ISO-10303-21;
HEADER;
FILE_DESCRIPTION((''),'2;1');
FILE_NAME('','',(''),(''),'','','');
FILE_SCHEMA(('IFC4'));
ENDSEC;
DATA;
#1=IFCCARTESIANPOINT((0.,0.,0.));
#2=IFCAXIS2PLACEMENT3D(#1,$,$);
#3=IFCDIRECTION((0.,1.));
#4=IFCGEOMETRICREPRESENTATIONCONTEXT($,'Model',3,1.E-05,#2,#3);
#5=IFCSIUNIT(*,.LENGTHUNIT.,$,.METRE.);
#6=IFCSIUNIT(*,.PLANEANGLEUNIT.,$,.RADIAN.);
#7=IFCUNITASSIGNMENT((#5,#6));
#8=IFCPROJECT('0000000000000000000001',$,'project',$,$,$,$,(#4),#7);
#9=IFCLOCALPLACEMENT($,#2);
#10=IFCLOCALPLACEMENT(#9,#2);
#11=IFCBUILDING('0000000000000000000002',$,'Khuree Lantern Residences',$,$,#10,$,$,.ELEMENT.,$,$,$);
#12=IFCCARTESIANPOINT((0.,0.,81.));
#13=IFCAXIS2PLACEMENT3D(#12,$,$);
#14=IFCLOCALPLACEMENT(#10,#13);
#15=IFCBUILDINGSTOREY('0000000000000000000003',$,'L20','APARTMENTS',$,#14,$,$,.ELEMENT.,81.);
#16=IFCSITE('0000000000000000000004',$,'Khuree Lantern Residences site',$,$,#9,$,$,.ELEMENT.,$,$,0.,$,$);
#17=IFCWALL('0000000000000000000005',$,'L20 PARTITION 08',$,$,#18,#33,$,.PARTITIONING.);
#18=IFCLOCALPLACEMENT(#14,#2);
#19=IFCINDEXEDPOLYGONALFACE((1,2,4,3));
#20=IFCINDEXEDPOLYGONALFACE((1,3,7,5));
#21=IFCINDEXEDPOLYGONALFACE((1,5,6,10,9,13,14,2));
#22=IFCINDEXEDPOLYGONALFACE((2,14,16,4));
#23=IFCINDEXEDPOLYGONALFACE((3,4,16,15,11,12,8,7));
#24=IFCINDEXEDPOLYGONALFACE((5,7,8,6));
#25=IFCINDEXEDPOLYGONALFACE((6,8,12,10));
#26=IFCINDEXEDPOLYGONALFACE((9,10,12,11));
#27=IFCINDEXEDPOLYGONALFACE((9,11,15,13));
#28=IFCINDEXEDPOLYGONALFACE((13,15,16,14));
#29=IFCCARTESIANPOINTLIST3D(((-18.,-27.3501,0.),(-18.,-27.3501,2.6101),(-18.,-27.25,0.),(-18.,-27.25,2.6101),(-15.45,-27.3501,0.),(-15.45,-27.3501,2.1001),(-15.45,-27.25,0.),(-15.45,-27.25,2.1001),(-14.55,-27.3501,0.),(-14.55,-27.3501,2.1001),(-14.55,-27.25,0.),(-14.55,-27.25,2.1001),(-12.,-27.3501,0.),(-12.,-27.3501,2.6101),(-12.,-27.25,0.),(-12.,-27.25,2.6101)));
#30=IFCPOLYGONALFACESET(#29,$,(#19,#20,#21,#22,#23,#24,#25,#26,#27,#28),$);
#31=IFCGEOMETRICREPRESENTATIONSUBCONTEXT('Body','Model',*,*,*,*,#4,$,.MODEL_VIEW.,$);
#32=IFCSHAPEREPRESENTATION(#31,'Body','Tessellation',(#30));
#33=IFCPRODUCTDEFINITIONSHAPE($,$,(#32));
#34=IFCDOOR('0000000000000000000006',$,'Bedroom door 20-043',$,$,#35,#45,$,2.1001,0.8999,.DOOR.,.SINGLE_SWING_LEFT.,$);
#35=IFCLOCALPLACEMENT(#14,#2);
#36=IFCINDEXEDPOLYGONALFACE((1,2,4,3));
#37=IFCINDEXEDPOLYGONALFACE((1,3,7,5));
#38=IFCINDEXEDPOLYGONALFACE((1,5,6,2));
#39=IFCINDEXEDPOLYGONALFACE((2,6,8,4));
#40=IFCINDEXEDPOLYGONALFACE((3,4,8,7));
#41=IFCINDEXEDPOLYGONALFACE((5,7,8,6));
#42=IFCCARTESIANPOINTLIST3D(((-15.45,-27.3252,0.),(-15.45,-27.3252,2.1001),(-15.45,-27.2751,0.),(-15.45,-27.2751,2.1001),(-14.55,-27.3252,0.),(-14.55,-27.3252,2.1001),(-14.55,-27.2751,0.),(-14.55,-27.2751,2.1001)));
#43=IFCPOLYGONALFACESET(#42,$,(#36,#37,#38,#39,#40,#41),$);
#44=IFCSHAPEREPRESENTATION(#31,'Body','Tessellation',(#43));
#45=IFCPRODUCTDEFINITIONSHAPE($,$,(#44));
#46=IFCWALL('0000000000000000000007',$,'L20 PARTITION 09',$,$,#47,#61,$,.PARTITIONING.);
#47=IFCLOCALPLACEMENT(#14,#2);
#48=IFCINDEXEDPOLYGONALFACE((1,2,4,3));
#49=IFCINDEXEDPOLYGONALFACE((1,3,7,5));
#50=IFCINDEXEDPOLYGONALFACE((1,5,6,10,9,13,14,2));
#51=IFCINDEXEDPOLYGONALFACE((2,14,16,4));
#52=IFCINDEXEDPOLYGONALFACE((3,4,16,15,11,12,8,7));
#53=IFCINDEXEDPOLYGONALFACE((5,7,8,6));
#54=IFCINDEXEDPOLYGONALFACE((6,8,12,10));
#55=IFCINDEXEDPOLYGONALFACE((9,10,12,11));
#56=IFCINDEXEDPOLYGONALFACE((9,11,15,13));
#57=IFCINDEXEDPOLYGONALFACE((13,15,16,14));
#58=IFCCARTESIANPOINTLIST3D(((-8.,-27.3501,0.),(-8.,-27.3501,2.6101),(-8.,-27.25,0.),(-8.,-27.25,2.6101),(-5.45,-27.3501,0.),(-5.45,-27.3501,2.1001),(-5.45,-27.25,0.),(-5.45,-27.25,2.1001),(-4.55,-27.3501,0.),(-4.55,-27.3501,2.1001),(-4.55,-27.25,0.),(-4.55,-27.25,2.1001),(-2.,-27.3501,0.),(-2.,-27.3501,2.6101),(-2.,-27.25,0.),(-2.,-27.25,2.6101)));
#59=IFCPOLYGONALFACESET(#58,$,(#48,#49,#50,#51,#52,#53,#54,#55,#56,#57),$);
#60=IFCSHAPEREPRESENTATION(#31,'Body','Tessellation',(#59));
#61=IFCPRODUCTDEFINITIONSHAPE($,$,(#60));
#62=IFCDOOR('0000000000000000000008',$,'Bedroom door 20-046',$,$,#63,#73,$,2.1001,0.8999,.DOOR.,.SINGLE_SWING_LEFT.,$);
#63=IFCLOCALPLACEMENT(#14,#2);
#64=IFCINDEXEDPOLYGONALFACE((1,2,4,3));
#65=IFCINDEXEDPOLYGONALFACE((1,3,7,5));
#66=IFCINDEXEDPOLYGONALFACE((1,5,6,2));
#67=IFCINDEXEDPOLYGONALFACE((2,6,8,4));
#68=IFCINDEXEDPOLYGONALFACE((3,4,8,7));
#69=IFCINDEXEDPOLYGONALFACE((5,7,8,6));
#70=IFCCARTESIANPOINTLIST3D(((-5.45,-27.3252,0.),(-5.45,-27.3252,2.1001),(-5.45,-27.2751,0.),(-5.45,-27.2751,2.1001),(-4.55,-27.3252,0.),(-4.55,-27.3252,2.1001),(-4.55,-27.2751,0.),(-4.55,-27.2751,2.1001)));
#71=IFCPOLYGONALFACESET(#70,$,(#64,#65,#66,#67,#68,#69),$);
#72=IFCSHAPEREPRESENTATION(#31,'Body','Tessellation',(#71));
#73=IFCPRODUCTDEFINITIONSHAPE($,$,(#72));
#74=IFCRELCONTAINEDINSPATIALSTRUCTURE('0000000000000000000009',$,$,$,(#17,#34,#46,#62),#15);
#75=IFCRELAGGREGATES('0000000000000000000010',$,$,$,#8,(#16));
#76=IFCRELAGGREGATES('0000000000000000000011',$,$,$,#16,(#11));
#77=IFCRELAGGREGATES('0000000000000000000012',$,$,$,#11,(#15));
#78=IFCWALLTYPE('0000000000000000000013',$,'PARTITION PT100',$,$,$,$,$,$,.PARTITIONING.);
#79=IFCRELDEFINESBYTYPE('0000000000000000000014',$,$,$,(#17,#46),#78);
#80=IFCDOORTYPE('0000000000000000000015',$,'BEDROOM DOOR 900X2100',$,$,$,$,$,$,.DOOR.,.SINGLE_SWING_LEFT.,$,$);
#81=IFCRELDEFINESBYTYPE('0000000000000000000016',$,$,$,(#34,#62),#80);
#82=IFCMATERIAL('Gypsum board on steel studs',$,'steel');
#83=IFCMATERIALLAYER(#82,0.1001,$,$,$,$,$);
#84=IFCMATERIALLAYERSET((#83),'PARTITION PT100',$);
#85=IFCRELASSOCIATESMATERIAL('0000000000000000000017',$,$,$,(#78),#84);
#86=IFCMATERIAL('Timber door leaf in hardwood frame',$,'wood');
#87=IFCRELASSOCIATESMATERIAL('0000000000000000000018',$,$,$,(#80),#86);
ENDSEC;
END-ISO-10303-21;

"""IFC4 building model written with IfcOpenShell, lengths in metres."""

from ifc_helpers import new_model, si_unit, direction, frame, frame_2d, origin, place, context, subcontext, project, spatial, rectangle, extrude, material, layer, layer_set, type_object, element, fill, save


model = new_model("IFC4")

# Units and contexts
model_context = context("Model", 3, precision=1e-05, world=origin(), true_north=direction((0.0, 1.0)))
body_context = subcontext(model_context, "Body", "Model", "MODEL_VIEW")
ifc_project = project(units=[si_unit("LENGTHUNIT", "METRE"), si_unit("PLANEANGLEUNIT", "RADIAN")], contexts=[model_context])

# Site, building, storey
site_placement = place(None, origin())
site = spatial("IfcSite", under=ifc_project, at=site_placement, Name="Khuree Lantern Residences site", CompositionType="ELEMENT", RefElevation=0.0)
building_placement = place(site_placement, origin())
building = spatial("IfcBuilding", under=site, at=building_placement, Name="Khuree Lantern Residences", CompositionType="ELEMENT")
storey_placement = place(building_placement, frame((0.0, 0.0, 81.0)))
storey = spatial("IfcBuildingStorey", under=building, at=storey_placement, Name="L20", Description="APARTMENTS", CompositionType="ELEMENT", Elevation=81.0)

# Shared definitions
ifc_material_1 = material(Name="Timber door leaf in hardwood frame", Category="wood")

# Shared definitions
ifc_material_2 = material(Name="Gypsum board on steel studs", Category="steel")
ifc_layer_1 = layer(ifc_material_2, 0.1001)
ifc_layer_set_1 = layer_set([ifc_layer_1], Name="PARTITION PT100")
wall_type_1 = type_object("IfcWallType", Name="PARTITION PT100", PredefinedType="PARTITIONING", material=ifc_layer_set_1)

# Walls, openings, doors
wall_1_placement = place(storey_placement, frame((-18.0, -27.3, 0.0), z_axis=(0.0, 0.0, 1.0), x_axis=(1.0, 0.0, 0.0)))
wall_1 = element("IfcWall", 1, at=wall_1_placement, inside=storey, type_object=wall_type_1, Name="L20 PARTITION 08", PredefinedType="PARTITIONING", context=body_context, shape_type="SweptSolid", body=[
    extrude(rectangle(XDim=6.0, YDim=0.1001, at=frame_2d((3.0, 0.0))), origin(), (0.0, 0.0, 1.0), 2.6101),
])
opening_1_placement = place(wall_1_placement, frame((2.55, 0.0, 0.0)))
opening_1 = element("IfcOpeningElement", 2, at=opening_1_placement, cuts=wall_1, PredefinedType="OPENING", context=body_context, shape_type="SweptSolid", body=[
    extrude(rectangle(XDim=0.8999, YDim=2.1001, at=frame_2d((0.45, 1.05))), frame((0.0, 0.0601, 0.0), z_axis=(0.0, -1.0, 0.0), x_axis=(1.0, 0.0, 0.0)), (0.0, 0.0, 1.0), 0.1201),
])
door_type_1 = type_object("IfcDoorType", Name="BEDROOM DOOR 900X2100", OperationType="SINGLE_SWING_LEFT", PredefinedType="DOOR", material=ifc_material_1)
door_1_placement = place(opening_1_placement, origin())
door_1 = element("IfcDoor", 3, at=door_1_placement, inside=storey, type_object=door_type_1, Name="Bedroom door 20-043", OperationType="SINGLE_SWING_LEFT", OverallHeight=2.1001, OverallWidth=0.8999, PredefinedType="DOOR", context=body_context, shape_type="SweptSolid", body=[
    extrude(rectangle(XDim=0.8999, YDim=2.1001, at=frame_2d((0.45, 1.05))), frame((0.0, 0.0249, 0.0), z_axis=(0.0, -1.0, 0.0), x_axis=(1.0, 0.0, 0.0)), (0.0, 0.0, 1.0), 0.05),
])
fill(opening_1, door_1)
wall_2_placement = place(storey_placement, frame((-8.0, -27.3, 0.0), z_axis=(0.0, 0.0, 1.0), x_axis=(1.0, 0.0, 0.0)))
wall_2 = element("IfcWall", 4, at=wall_2_placement, inside=storey, type_object=wall_type_1, Name="L20 PARTITION 09", PredefinedType="PARTITIONING", context=body_context, shape_type="SweptSolid", body=[
    extrude(rectangle(XDim=6.0, YDim=0.1001, at=frame_2d((3.0, 0.0))), origin(), (0.0, 0.0, 1.0), 2.6101),
])
opening_2_placement = place(wall_2_placement, frame((2.55, 0.0, 0.0)))
opening_2 = element("IfcOpeningElement", 5, at=opening_2_placement, cuts=wall_2, PredefinedType="OPENING", context=body_context, shape_type="SweptSolid", body=[
    extrude(rectangle(XDim=0.8999, YDim=2.1001, at=frame_2d((0.45, 1.05))), frame((0.0, 0.0601, 0.0), z_axis=(0.0, -1.0, 0.0), x_axis=(1.0, 0.0, 0.0)), (0.0, 0.0, 1.0), 0.1201),
])
door_2_placement = place(opening_2_placement, origin())
door_2 = element("IfcDoor", 6, at=door_2_placement, inside=storey, type_object=door_type_1, Name="Bedroom door 20-046", OperationType="SINGLE_SWING_LEFT", OverallHeight=2.1001, OverallWidth=0.8999, PredefinedType="DOOR", context=body_context, shape_type="SweptSolid", body=[
    extrude(rectangle(XDim=0.8999, YDim=2.1001, at=frame_2d((0.45, 1.05))), frame((0.0, 0.0249, 0.0), z_axis=(0.0, -1.0, 0.0), x_axis=(1.0, 0.0, 0.0)), (0.0, 0.0, 1.0), 0.05),
])
fill(opening_2, door_2)

save(model, "model.ifc")
